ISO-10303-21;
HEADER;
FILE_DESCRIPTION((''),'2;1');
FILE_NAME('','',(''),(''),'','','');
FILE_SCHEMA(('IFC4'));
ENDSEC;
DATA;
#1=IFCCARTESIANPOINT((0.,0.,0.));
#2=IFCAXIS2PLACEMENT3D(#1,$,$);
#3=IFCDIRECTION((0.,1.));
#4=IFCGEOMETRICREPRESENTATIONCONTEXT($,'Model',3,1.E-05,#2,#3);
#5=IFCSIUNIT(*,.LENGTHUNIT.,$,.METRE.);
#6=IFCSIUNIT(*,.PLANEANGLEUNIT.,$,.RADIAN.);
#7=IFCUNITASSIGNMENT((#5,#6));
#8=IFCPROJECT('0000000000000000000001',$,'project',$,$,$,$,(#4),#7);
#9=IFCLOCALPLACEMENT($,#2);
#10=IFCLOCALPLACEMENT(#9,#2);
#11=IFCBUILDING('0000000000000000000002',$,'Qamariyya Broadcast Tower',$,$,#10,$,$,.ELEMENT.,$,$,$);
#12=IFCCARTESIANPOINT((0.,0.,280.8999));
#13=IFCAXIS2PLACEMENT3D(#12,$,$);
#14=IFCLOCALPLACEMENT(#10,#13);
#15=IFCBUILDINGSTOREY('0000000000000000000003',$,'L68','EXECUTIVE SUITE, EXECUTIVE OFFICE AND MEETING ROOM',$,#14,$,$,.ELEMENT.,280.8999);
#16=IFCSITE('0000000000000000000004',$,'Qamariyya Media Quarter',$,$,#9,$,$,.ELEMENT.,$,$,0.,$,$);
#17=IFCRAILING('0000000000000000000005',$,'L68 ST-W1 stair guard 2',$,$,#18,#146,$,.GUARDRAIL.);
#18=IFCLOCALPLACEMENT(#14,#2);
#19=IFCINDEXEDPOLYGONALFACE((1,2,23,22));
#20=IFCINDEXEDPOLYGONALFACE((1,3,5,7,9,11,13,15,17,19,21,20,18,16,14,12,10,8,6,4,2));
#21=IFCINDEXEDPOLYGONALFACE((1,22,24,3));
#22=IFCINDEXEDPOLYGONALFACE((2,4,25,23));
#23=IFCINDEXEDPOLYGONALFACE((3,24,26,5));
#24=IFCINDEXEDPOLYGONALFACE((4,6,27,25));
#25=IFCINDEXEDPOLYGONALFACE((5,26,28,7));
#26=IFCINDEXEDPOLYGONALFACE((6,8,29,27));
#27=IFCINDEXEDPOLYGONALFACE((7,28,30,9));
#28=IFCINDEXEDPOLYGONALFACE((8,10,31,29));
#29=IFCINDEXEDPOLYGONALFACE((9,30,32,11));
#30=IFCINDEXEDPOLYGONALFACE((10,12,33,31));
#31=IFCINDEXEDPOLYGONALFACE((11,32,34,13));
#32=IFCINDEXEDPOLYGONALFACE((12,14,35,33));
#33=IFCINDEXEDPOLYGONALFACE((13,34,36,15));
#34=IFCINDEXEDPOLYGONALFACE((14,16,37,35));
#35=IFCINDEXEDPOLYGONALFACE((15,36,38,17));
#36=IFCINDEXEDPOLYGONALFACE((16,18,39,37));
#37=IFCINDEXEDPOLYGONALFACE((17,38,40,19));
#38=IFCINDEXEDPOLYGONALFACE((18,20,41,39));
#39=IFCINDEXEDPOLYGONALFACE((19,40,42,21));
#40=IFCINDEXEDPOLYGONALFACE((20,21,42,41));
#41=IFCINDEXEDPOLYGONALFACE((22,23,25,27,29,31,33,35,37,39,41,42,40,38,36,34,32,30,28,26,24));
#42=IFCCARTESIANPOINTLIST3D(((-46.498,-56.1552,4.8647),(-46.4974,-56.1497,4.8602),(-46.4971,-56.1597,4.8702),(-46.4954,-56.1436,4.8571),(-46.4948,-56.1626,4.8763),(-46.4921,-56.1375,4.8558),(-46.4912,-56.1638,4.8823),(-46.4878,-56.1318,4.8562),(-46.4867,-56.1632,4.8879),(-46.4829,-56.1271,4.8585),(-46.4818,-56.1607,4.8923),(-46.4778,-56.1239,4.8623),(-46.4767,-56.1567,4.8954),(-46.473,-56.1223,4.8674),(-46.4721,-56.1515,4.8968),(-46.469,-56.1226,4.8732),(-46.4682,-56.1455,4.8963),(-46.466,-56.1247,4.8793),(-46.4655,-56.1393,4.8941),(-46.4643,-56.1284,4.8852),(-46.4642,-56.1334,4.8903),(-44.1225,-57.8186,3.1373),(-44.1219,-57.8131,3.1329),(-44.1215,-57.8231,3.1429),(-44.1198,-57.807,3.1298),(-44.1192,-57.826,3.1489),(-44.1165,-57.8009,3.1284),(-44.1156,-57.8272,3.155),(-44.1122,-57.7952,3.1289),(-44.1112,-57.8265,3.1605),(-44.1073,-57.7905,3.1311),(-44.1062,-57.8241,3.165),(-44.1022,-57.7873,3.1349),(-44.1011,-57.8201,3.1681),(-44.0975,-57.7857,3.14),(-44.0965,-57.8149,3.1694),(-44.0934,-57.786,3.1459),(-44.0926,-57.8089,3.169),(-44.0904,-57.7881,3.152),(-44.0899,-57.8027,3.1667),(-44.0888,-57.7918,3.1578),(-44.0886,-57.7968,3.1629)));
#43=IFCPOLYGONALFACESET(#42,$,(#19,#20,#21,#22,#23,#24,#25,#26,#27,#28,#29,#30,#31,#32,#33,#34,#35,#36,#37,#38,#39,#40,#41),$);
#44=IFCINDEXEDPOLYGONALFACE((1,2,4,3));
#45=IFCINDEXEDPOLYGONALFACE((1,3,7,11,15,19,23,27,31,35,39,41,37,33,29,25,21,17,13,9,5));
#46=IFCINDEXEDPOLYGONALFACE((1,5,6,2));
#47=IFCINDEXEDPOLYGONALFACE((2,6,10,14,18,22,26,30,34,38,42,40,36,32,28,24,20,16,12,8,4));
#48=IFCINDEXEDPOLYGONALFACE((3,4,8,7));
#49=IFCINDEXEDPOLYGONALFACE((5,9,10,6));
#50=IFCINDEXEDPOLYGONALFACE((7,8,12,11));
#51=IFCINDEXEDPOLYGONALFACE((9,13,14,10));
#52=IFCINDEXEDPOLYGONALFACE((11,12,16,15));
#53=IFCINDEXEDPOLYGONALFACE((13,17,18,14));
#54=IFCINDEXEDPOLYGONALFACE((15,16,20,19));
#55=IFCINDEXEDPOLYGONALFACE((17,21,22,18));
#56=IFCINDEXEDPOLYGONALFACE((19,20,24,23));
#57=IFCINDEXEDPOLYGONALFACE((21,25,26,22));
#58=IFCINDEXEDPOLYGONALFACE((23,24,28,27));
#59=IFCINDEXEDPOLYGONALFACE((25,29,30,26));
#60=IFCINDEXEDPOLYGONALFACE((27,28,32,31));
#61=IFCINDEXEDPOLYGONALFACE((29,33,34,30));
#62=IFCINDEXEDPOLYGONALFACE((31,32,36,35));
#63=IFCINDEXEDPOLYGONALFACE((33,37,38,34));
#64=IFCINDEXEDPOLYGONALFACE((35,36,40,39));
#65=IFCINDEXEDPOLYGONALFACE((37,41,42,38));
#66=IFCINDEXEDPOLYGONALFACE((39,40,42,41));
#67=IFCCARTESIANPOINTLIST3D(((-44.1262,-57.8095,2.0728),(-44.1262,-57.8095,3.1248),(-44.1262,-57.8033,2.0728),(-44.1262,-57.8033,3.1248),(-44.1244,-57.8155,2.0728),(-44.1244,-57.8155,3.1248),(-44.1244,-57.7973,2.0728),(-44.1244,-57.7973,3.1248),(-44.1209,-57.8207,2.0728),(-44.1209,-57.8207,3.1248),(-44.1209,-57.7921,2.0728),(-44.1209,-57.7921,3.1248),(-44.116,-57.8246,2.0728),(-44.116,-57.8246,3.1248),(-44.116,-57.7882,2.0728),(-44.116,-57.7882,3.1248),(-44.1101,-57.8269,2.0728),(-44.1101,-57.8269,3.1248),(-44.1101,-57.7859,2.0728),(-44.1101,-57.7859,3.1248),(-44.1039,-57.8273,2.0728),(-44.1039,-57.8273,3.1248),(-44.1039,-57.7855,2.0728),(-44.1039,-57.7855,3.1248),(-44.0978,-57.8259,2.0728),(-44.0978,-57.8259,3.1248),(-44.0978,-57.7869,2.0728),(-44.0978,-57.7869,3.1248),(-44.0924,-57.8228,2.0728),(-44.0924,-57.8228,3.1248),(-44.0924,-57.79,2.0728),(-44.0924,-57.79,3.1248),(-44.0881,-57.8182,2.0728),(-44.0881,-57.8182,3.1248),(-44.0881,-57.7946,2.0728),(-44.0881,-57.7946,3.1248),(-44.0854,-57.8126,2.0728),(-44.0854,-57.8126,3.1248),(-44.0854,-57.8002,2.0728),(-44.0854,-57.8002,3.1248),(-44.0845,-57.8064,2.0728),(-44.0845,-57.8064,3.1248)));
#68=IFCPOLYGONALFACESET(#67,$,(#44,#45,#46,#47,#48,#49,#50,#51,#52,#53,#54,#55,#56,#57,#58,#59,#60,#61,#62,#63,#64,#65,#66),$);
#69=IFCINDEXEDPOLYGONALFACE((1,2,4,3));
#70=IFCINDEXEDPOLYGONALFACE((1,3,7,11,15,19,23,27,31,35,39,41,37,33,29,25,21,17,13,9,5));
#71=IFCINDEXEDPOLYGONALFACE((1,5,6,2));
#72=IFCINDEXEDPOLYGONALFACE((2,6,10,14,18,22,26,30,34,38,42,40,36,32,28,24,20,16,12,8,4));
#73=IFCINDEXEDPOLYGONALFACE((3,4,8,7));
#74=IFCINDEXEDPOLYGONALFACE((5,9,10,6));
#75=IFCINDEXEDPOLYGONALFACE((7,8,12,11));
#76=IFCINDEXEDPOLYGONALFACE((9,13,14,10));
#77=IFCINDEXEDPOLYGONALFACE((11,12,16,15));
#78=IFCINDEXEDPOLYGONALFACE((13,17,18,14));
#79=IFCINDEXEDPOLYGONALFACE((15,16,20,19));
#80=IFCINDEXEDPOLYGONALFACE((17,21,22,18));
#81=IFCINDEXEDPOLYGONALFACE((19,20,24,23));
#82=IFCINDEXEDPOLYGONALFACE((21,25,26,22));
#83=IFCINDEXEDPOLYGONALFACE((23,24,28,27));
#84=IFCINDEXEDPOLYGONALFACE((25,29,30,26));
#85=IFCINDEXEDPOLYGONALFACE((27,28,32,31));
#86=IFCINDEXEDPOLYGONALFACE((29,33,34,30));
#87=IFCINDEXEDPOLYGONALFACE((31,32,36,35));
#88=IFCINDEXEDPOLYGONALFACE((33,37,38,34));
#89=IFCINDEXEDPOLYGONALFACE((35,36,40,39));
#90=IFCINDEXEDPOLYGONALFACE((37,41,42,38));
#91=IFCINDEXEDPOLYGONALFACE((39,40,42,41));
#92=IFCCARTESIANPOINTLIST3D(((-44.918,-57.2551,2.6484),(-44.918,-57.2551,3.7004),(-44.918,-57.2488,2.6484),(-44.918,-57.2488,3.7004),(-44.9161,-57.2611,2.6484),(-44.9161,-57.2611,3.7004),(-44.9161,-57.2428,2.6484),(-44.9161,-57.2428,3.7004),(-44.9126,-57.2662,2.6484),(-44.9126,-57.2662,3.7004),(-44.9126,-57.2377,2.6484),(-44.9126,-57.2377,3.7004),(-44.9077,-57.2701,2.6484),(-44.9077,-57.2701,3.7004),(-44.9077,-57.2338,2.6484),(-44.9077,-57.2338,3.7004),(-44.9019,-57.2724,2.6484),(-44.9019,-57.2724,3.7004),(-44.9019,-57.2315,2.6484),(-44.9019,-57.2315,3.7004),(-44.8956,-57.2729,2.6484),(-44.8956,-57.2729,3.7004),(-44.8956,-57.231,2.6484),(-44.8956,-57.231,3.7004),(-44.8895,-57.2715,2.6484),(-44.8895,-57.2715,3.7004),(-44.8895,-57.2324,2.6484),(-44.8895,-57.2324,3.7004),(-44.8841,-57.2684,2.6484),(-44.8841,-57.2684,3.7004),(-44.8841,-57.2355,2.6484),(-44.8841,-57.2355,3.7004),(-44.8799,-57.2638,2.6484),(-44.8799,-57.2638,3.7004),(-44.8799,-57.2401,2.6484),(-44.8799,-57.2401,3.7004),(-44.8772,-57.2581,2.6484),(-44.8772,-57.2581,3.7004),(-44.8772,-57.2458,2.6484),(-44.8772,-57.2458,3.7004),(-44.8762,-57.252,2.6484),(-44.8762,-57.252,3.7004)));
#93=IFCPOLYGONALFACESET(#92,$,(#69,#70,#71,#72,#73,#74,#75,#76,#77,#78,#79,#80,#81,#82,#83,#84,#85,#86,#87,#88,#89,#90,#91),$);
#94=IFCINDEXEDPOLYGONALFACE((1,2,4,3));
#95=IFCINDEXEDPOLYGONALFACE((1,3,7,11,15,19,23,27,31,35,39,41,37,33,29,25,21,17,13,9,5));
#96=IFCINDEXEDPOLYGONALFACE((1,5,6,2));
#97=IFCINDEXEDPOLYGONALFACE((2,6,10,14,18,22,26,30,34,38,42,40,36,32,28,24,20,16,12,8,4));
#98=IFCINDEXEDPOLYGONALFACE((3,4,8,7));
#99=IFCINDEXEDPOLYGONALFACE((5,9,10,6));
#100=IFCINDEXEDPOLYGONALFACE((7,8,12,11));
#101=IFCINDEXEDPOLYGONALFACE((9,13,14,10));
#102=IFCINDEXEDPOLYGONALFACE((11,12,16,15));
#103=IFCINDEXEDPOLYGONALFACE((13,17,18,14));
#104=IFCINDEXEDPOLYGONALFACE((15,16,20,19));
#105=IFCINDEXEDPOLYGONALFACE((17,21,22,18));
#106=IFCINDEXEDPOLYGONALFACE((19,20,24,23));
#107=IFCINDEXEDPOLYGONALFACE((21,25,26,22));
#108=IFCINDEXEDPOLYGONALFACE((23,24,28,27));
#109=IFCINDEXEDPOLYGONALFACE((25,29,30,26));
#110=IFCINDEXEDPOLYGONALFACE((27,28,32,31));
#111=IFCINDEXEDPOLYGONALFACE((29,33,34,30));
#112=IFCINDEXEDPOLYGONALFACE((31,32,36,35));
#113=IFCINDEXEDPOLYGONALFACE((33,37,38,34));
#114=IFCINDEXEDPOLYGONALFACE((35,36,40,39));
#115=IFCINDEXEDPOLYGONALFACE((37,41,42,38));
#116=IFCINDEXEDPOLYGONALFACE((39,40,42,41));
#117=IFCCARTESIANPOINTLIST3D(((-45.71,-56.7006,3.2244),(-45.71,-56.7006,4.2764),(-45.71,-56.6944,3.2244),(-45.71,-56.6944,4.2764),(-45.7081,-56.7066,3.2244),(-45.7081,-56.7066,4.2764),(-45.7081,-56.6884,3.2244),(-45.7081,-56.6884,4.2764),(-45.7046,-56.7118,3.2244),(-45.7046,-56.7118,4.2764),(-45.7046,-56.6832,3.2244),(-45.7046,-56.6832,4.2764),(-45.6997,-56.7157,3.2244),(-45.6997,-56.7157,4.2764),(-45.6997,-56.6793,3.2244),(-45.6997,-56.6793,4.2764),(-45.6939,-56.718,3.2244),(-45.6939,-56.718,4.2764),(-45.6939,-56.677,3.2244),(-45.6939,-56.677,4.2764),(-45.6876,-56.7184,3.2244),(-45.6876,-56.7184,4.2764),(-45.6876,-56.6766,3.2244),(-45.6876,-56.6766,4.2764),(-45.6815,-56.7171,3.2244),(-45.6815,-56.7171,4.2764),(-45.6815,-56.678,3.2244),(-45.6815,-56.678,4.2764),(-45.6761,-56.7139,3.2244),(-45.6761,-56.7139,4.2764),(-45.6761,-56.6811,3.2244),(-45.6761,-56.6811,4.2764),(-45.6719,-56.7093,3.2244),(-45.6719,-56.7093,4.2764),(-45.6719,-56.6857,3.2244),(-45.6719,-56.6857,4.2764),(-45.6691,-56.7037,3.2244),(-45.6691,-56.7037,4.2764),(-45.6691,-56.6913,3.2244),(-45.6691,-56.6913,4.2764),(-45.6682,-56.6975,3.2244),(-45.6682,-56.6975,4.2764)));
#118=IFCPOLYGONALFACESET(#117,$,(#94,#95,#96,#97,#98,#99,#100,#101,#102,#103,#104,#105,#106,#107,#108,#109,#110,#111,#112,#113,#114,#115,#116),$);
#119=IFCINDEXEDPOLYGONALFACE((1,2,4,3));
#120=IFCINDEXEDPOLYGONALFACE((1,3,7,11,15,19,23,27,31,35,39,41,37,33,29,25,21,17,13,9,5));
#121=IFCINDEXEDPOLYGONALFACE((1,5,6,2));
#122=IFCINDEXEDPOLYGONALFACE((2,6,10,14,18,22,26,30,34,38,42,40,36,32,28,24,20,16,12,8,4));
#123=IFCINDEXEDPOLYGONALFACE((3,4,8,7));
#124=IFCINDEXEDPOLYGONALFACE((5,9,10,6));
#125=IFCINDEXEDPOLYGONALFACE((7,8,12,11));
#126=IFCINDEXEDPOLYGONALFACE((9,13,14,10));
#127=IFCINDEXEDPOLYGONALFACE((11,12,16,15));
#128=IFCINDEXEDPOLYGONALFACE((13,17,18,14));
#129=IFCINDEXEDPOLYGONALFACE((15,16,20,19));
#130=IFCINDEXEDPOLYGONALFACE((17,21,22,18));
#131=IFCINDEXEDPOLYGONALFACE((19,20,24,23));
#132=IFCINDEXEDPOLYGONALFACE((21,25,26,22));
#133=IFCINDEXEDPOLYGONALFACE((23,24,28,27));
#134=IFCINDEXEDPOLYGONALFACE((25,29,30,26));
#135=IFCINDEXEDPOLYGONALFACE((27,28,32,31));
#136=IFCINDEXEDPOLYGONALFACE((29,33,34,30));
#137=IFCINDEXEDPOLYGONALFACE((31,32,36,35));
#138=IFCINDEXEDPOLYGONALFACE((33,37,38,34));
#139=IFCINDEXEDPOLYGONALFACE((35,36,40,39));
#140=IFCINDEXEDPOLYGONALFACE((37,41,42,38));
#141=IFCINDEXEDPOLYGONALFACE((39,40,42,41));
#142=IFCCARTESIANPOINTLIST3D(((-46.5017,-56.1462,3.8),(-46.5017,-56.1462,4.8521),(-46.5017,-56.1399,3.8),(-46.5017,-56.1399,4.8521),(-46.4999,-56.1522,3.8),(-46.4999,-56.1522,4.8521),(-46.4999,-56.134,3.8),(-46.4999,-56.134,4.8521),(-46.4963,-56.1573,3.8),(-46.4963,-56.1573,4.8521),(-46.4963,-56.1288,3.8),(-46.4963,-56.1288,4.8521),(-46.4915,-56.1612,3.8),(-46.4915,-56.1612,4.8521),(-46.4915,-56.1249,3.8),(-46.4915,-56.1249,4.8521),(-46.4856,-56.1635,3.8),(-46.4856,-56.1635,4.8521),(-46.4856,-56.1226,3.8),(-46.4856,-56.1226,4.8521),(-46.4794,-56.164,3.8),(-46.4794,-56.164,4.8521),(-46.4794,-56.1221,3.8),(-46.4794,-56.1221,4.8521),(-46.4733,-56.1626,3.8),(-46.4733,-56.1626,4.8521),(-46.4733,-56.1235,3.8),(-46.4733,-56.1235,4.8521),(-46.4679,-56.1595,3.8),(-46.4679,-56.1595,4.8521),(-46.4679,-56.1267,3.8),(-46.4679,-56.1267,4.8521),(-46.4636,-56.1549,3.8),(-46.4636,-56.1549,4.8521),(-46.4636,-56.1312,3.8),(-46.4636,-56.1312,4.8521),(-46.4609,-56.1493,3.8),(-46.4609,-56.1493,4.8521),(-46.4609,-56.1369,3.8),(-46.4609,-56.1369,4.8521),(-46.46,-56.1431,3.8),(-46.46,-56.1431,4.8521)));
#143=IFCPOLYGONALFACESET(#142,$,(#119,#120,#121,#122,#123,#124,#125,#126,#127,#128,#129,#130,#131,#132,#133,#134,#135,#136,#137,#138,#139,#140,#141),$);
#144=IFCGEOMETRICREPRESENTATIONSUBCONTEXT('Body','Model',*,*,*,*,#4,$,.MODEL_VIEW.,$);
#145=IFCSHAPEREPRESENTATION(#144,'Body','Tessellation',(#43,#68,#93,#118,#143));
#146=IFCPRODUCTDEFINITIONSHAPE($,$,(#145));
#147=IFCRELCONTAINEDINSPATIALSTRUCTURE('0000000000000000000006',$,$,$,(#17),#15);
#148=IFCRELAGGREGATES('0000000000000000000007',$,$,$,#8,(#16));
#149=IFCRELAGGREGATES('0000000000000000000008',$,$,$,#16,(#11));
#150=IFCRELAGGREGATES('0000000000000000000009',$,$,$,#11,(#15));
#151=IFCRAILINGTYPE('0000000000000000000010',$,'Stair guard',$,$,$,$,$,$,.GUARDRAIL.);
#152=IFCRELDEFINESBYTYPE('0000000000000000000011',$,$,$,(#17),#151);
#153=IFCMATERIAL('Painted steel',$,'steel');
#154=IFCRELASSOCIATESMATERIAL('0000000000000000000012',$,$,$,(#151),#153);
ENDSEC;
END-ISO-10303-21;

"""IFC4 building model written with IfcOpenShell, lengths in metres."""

from ifc_helpers import new_model, si_unit, direction, frame, origin, origin_2d, place, context, subcontext, project, spatial, circle, extrude, material, type_object, element, save


model = new_model("IFC4")

# Units and contexts
model_context = context("Model", 3, precision=1e-05, world=origin(), true_north=direction((0.0, 1.0)))
body_context = subcontext(model_context, "Body", "Model", "MODEL_VIEW")
ifc_project = project(units=[si_unit("LENGTHUNIT", "METRE"), si_unit("PLANEANGLEUNIT", "RADIAN")], contexts=[model_context])

# Site, building, storey
site_placement = place(None, origin())
site = spatial("IfcSite", under=ifc_project, at=site_placement, Name="Qamariyya Media Quarter", CompositionType="ELEMENT", RefElevation=0.0)
building_placement = place(site_placement, origin())
building = spatial("IfcBuilding", under=site, at=building_placement, Name="Qamariyya Broadcast Tower", CompositionType="ELEMENT")
storey_placement = place(building_placement, frame((0.0, 0.0, 280.8999)))
storey = spatial("IfcBuildingStorey", under=building, at=storey_placement, Name="L68", Description="EXECUTIVE SUITE, EXECUTIVE OFFICE AND MEETING ROOM", CompositionType="ELEMENT", Elevation=280.8999)

# Railing
ifc_material_1 = material(Name="Painted steel", Category="steel")
railing_type_1 = type_object("IfcRailingType", Name="Stair guard", PredefinedType="GUARDRAIL", material=ifc_material_1)
railing_1_placement = place(storey_placement, frame((-44.1055, -57.8064, 2.0728)))
element("IfcRailing", 1, at=railing_1_placement, inside=storey, type_object=railing_type_1, Name="L68 ST-W1 stair guard 2", PredefinedType="GUARDRAIL", context=body_context, shape_type="SweptSolid", body=[
    extrude(circle(Radius=0.0239, at=origin_2d()), frame((0.0, 0.0, 1.0762), z_axis=(-0.70377, 0.492784, 0.511734), x_axis=(-0.573575, -0.819153, 0.0)), (0.0, 0.0, 1.0), 3.3755),
    extrude(circle(Radius=0.021, at=origin_2d()), origin(), (0.0, 0.0, 1.0), 1.052),
    extrude(circle(Radius=0.021, at=origin_2d()), frame((-0.7917, 0.5544, 0.5757)), (0.0, 0.0, 1.0), 1.052),
    extrude(circle(Radius=0.021, at=origin_2d()), frame((-1.5837, 1.1089, 1.1516)), (0.0, 0.0, 1.0), 1.052),
    extrude(circle(Radius=0.021, at=origin_2d()), frame((-2.3755, 1.6633, 1.7273)), (0.0, 0.0, 1.0), 1.052),
])

save(model, "model.ifc")
